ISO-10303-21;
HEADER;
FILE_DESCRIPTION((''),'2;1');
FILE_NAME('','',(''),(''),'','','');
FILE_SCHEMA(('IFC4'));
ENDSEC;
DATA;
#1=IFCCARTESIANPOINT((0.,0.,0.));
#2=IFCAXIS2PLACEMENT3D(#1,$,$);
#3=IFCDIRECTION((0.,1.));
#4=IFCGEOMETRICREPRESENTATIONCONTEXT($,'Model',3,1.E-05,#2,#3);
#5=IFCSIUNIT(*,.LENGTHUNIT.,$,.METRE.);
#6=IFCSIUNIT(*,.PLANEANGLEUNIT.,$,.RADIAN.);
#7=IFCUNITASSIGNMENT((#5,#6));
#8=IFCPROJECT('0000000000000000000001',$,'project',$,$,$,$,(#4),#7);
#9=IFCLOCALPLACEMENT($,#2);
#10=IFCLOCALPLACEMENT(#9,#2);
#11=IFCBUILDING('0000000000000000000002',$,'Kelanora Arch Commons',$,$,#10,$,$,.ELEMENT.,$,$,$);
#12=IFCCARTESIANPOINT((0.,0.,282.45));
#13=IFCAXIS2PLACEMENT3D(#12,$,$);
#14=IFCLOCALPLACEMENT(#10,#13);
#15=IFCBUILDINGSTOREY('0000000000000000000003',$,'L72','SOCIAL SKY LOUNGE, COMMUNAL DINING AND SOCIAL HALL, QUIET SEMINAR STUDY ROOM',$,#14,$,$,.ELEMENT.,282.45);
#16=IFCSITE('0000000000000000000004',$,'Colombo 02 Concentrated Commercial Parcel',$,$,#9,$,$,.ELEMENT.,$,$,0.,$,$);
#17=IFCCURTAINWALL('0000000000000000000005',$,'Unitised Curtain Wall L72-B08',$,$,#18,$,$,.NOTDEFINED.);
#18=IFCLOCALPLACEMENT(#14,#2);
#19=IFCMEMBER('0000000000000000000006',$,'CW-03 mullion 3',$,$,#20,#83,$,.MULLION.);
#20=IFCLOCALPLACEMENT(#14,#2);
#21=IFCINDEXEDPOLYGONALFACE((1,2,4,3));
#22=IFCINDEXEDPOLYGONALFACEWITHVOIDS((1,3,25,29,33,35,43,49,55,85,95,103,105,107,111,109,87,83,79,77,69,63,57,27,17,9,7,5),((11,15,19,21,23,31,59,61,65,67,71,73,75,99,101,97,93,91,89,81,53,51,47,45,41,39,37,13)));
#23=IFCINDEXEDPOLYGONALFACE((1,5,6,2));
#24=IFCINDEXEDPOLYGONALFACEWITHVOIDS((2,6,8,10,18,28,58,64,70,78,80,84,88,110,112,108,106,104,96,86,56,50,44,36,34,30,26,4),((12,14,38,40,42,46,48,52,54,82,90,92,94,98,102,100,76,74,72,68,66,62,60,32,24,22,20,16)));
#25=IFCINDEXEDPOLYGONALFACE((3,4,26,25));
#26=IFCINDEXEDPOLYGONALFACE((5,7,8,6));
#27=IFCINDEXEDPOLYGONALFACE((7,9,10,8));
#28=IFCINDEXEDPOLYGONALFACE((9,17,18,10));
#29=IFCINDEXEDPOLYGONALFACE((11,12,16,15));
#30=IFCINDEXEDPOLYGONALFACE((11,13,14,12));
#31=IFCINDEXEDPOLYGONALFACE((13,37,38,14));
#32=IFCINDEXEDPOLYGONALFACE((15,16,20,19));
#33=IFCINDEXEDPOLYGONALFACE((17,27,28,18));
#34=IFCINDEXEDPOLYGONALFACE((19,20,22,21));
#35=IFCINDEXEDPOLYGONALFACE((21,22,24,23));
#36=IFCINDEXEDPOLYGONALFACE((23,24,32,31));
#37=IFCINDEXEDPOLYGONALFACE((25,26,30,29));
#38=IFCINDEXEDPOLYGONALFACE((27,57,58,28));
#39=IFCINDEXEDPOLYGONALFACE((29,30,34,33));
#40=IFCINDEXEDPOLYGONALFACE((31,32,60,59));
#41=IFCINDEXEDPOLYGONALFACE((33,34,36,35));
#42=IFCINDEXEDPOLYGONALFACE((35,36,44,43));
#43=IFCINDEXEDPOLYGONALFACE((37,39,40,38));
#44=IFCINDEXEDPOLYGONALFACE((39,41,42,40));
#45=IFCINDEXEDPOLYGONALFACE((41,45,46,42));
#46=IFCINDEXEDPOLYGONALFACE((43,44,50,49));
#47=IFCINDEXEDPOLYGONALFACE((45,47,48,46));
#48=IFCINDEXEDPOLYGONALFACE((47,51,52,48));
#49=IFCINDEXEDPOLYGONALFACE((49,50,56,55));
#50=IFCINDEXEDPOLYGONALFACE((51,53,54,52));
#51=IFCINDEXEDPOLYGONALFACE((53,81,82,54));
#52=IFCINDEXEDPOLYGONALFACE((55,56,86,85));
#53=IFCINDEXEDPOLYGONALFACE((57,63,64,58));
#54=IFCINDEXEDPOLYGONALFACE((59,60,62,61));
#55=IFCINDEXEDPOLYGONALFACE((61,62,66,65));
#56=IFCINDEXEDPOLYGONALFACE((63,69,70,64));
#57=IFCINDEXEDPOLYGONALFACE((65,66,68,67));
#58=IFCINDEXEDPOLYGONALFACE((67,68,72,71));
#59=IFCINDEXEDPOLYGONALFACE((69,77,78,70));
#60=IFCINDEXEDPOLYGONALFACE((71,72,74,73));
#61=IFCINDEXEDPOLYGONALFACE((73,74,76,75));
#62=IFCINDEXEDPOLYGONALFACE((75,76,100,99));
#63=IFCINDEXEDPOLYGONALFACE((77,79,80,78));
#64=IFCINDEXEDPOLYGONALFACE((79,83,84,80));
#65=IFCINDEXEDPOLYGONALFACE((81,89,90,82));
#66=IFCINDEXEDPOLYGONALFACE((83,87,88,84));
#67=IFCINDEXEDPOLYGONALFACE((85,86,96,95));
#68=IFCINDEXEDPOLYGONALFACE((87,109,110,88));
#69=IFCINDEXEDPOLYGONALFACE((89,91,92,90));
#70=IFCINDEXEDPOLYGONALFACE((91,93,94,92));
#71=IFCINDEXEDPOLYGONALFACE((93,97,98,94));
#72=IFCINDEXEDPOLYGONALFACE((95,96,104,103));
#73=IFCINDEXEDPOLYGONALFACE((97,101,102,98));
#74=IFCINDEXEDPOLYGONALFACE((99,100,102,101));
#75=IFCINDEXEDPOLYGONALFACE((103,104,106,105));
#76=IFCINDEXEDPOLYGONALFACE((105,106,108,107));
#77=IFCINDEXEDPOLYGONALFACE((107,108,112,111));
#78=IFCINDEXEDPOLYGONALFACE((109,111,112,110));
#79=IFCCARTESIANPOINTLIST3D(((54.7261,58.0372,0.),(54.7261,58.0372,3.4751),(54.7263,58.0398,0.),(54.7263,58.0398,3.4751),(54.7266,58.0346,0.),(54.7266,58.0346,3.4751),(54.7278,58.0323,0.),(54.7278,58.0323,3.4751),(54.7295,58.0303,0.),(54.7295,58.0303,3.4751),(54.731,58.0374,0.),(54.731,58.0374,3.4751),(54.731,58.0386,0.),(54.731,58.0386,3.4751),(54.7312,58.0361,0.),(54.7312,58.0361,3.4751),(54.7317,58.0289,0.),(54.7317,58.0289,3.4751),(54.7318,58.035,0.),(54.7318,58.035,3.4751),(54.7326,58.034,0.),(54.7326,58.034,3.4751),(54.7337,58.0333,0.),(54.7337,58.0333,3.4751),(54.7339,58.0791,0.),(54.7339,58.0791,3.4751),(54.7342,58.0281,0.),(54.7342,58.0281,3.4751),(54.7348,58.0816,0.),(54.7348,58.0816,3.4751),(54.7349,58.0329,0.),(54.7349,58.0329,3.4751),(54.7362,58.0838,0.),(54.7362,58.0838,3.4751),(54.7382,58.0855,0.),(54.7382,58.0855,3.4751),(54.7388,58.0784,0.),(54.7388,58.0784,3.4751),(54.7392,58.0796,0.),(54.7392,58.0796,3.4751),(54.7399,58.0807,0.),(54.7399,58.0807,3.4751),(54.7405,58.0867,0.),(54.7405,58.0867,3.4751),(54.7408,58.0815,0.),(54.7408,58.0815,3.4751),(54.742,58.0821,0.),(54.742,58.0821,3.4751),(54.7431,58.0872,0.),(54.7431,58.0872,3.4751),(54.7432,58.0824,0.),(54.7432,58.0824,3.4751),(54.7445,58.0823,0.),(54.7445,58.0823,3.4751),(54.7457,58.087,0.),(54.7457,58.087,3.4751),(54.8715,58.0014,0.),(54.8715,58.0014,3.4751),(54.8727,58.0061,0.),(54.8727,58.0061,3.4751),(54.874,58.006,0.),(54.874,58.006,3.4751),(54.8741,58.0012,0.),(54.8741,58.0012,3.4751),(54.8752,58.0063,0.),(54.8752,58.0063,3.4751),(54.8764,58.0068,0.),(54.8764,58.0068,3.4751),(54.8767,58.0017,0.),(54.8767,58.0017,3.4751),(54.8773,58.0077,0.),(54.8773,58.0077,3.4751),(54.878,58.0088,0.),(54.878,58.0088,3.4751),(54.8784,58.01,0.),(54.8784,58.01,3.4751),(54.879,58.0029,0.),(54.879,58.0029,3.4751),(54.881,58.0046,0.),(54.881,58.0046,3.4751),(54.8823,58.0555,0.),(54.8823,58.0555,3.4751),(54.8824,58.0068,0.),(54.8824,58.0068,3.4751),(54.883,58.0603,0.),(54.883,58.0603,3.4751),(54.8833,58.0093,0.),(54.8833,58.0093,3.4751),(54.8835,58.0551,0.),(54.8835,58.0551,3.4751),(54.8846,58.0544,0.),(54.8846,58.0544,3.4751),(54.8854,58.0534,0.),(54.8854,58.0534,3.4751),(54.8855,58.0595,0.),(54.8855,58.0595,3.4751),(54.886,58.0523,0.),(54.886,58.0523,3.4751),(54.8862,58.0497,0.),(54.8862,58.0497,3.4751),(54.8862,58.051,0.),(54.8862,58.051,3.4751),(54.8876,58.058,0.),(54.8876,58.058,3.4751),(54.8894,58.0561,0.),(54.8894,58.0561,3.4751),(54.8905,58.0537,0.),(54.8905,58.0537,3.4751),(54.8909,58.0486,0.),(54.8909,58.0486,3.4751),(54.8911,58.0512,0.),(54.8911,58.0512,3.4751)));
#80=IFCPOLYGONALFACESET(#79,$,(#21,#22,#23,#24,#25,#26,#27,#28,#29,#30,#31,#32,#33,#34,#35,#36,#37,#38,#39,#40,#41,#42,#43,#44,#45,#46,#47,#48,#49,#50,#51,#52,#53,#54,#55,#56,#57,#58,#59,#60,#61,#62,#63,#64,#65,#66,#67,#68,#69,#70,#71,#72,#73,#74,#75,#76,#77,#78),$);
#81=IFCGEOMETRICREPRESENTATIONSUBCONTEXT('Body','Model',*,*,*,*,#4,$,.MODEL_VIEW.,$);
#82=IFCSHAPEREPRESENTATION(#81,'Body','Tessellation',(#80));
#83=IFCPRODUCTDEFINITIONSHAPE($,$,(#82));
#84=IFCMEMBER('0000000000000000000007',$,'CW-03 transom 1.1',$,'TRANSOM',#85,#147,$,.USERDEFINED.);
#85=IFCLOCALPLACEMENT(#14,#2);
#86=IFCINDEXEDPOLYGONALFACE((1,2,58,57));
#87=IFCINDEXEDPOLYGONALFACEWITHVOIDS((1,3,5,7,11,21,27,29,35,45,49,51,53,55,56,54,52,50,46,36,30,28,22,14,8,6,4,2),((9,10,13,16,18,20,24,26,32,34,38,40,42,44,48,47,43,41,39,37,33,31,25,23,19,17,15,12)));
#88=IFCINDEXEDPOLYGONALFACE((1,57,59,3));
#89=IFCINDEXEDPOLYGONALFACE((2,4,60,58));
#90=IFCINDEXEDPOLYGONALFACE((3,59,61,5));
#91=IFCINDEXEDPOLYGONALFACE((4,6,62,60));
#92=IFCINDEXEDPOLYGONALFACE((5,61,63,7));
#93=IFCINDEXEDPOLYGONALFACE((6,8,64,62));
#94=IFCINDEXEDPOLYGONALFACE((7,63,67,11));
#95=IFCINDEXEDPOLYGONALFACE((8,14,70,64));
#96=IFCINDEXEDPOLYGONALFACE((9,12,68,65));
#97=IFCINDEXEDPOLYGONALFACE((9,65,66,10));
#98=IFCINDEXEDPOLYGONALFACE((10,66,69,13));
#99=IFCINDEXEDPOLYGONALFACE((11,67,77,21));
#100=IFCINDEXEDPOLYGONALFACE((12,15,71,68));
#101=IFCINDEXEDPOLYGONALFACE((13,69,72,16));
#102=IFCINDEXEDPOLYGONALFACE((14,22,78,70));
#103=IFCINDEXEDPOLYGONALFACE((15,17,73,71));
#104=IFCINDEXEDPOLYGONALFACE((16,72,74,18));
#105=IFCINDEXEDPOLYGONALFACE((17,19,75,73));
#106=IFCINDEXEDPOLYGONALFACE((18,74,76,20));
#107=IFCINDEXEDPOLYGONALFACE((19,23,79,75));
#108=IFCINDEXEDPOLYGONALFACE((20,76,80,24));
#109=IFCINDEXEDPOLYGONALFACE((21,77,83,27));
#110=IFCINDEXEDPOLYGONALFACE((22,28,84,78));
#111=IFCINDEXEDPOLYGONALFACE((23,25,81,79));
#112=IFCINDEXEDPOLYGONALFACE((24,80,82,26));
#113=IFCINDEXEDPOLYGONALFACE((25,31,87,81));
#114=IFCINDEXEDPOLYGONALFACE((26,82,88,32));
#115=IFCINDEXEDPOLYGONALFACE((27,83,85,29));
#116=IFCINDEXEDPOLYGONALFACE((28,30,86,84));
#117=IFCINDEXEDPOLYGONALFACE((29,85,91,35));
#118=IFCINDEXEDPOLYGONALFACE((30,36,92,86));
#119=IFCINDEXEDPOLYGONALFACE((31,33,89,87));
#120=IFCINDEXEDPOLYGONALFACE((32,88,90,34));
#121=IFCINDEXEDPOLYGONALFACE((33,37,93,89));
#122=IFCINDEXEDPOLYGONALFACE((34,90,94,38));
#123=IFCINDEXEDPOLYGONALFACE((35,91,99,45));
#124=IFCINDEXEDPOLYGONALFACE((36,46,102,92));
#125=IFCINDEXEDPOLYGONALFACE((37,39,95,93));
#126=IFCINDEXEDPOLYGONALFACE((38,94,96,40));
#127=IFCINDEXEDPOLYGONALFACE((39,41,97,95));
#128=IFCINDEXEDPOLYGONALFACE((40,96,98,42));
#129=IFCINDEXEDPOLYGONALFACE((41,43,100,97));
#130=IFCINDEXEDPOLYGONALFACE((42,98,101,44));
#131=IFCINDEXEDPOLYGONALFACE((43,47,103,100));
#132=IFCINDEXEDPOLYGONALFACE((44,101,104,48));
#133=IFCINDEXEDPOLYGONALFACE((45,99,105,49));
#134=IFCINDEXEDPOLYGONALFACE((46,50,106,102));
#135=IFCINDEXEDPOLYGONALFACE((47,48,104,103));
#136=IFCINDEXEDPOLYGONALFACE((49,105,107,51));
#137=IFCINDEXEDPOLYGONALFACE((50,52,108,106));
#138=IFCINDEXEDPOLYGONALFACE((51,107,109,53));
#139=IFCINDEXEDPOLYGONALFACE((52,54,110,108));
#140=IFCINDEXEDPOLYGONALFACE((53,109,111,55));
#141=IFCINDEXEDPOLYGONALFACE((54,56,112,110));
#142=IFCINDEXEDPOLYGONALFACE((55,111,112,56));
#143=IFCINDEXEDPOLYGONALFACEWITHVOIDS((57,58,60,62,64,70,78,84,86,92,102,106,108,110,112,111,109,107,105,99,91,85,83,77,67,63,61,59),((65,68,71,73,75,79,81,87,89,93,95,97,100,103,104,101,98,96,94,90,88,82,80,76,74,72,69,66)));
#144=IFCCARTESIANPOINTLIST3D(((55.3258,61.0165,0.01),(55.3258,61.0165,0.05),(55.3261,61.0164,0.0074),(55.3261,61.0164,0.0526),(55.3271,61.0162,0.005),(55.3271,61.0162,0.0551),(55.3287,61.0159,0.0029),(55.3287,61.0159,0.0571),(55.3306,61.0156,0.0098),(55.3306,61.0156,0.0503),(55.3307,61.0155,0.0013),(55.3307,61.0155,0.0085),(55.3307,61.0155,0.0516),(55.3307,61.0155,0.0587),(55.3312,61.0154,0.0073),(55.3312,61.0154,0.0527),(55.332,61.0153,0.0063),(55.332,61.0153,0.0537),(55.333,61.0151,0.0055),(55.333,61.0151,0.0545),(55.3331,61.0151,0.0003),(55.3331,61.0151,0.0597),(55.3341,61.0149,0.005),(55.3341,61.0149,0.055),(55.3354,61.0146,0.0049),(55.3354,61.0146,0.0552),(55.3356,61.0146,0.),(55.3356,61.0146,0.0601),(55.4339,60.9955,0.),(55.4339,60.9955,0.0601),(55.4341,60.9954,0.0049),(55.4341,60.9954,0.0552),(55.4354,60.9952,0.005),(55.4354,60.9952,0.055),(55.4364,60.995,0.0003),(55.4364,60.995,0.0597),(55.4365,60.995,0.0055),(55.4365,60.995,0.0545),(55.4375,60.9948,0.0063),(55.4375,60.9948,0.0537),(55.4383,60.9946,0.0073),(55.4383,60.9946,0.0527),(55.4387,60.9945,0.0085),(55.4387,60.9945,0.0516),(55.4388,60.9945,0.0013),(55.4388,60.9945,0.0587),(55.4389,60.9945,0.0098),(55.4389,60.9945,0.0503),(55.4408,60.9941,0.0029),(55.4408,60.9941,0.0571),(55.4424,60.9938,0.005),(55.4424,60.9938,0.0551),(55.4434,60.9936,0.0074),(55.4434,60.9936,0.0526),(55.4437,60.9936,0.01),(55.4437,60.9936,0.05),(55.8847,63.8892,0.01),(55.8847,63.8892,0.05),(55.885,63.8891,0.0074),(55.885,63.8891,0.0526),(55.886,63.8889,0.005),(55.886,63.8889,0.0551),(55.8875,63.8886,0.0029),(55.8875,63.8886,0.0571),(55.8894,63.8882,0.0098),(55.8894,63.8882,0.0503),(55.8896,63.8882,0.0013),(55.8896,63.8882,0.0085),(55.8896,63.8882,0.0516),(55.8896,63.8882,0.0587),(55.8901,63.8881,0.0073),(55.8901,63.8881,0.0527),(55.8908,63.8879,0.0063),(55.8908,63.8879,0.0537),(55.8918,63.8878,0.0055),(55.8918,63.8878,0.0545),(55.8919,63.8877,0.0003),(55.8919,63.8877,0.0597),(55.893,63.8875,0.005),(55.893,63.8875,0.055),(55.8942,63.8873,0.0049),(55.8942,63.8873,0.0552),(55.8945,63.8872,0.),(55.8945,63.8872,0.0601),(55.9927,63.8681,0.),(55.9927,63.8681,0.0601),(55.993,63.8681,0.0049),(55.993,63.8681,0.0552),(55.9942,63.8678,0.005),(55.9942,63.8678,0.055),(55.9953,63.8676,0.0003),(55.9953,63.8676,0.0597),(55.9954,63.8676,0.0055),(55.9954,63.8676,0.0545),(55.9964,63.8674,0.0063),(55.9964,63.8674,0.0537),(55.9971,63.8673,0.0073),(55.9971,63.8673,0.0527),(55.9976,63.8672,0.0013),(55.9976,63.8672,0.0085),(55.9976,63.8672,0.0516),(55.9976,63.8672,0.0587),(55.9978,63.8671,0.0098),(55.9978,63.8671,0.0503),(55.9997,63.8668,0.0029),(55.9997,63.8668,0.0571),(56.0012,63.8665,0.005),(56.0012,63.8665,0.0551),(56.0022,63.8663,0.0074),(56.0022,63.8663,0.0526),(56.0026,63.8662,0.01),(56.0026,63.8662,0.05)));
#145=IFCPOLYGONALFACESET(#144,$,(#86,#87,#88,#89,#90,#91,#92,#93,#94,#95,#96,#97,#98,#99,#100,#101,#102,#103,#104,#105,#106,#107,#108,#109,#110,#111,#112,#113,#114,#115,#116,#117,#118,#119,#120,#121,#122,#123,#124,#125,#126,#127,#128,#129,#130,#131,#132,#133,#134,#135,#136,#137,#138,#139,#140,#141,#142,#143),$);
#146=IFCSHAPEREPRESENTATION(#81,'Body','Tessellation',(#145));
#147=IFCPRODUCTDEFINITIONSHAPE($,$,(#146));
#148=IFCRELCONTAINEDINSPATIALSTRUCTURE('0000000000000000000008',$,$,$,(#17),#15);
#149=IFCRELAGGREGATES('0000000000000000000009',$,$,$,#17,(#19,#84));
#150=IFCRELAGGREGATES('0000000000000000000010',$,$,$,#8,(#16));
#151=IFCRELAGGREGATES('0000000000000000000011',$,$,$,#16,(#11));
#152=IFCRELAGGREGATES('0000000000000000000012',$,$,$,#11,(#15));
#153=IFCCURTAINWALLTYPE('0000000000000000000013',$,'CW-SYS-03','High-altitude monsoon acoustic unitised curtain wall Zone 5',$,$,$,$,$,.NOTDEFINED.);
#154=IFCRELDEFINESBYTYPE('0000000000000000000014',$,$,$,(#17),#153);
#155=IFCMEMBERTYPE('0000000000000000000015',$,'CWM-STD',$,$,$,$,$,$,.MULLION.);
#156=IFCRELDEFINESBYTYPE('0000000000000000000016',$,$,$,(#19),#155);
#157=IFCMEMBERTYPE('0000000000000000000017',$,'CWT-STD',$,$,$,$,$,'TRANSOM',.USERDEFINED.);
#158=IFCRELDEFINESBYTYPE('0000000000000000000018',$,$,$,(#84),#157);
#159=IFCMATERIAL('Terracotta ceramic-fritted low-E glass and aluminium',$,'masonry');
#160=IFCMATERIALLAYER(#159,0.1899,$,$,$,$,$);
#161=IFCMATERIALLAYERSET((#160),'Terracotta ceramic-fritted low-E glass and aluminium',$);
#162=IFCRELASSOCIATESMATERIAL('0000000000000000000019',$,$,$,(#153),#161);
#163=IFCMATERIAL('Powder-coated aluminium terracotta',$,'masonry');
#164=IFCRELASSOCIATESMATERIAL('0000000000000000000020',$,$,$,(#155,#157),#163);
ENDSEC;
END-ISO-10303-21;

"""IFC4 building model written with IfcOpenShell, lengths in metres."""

from ifc_helpers import new_model, si_unit, direction, frame, origin, origin_2d, place, context, subcontext, project, spatial, hollow_rectangle, extrude, material, layer, layer_set, material_profile, profile_set, type_object, element, aggregate, save


model = new_model("IFC4")

# Units and contexts
model_context = context("Model", 3, precision=1e-05, world=origin(), true_north=direction((0.0, 1.0)))
body_context = subcontext(model_context, "Body", "Model", "MODEL_VIEW")
ifc_project = project(units=[si_unit("LENGTHUNIT", "METRE"), si_unit("PLANEANGLEUNIT", "RADIAN")], contexts=[model_context])

# Site, building, storey
site_placement = place(None, origin())
site = spatial("IfcSite", under=ifc_project, at=site_placement, Name="Colombo 02 Concentrated Commercial Parcel", CompositionType="ELEMENT", RefElevation=0.0)
building_placement = place(site_placement, origin())
building = spatial("IfcBuilding", under=site, at=building_placement, Name="Kelanora Arch Commons", CompositionType="ELEMENT")
storey_placement = place(building_placement, frame((0.0, 0.0, 282.45)))
storey = spatial("IfcBuildingStorey", under=building, at=storey_placement, Name="L72", Description="SOCIAL SKY LOUNGE, COMMUNAL DINING AND SOCIAL HALL, QUIET SEMINAR STUDY ROOM", CompositionType="ELEMENT", Elevation=282.45)

# Curtain wall, members
ifc_material_1 = material(Name="Terracotta ceramic-fritted low-E glass and aluminium", Category="masonry")
ifc_layer_1 = layer(ifc_material_1, 0.1899)
ifc_layer_set_1 = layer_set([ifc_layer_1], Name="Terracotta ceramic-fritted low-E glass and aluminium")
curtain_wall_type = type_object("IfcCurtainWallType", Name="CW-SYS-03", Description="High-altitude monsoon acoustic unitised curtain wall Zone 5", PredefinedType="NOTDEFINED", material=ifc_layer_set_1)
curtain_wall_placement = place(storey_placement, origin())
curtain_wall = element("IfcCurtainWall", 1, at=curtain_wall_placement, inside=storey, type_object=curtain_wall_type, Name="Unitised Curtain Wall L72-B08", PredefinedType="NOTDEFINED")
ifc_material_2 = material(Name="Powder-coated aluminium terracotta", Category="masonry")
ifc_material_profile_1 = material_profile(ifc_material_2, hollow_rectangle(XDim=0.1599, YDim=0.0601, WallThickness=0.0049, InnerFilletRadius=0.0049, OuterFilletRadius=0.01, at=origin_2d()), Name="CWM160x60")
ifc_profile_set_1 = profile_set([ifc_material_profile_1], Name="Powder-coated aluminium terracotta")
member_type_1 = type_object("IfcMemberType", Name="CWM-STD", PredefinedType="MULLION", material=ifc_profile_set_1)
member_1_placement = place(storey_placement, frame((54.8086, 58.0442, 0.0), z_axis=(0.0, 0.0, 1.0), x_axis=(0.981596, -0.190972, 0.0)))
member_1 = element("IfcMember", 2, at=member_1_placement, type_object=member_type_1, Name="CW-03 mullion 3", PredefinedType="MULLION", context=body_context, shape_type="SweptSolid", body=[
    extrude(hollow_rectangle(XDim=0.1599, YDim=0.0601, WallThickness=0.0049, InnerFilletRadius=0.0049, OuterFilletRadius=0.01, at=origin_2d()), origin(), (0.0, 0.0, 1.0), 3.4751),
])
ifc_material_profile_2 = material_profile(ifc_material_2, hollow_rectangle(XDim=0.1201, YDim=0.0601, WallThickness=0.0049, InnerFilletRadius=0.0049, OuterFilletRadius=0.01, at=origin_2d()), Name="CWT120x60")
ifc_profile_set_2 = profile_set([ifc_material_profile_2], Name="Powder-coated aluminium terracotta")
member_type_2 = type_object("IfcMemberType", Name="CWT-STD", ElementType="TRANSOM", PredefinedType="USERDEFINED", material=ifc_profile_set_2)
member_2_placement = place(storey_placement, frame((55.9436, 63.8777, 0.03), z_axis=(-0.190963, -0.981597, 0.0), x_axis=(0.981597, -0.190963, 0.0)))
member_2 = element("IfcMember", 3, at=member_2_placement, type_object=member_type_2, Name="CW-03 transom 1.1", ObjectType="TRANSOM", PredefinedType="USERDEFINED", context=body_context, shape_type="SweptSolid", body=[
    extrude(hollow_rectangle(XDim=0.1201, YDim=0.0601, WallThickness=0.0049, InnerFilletRadius=0.0049, OuterFilletRadius=0.01, at=origin_2d()), origin(), (0.0, 0.0, 1.0), 2.9265),
])
aggregate(curtain_wall, [member_1, member_2])

save(model, "model.ifc")
